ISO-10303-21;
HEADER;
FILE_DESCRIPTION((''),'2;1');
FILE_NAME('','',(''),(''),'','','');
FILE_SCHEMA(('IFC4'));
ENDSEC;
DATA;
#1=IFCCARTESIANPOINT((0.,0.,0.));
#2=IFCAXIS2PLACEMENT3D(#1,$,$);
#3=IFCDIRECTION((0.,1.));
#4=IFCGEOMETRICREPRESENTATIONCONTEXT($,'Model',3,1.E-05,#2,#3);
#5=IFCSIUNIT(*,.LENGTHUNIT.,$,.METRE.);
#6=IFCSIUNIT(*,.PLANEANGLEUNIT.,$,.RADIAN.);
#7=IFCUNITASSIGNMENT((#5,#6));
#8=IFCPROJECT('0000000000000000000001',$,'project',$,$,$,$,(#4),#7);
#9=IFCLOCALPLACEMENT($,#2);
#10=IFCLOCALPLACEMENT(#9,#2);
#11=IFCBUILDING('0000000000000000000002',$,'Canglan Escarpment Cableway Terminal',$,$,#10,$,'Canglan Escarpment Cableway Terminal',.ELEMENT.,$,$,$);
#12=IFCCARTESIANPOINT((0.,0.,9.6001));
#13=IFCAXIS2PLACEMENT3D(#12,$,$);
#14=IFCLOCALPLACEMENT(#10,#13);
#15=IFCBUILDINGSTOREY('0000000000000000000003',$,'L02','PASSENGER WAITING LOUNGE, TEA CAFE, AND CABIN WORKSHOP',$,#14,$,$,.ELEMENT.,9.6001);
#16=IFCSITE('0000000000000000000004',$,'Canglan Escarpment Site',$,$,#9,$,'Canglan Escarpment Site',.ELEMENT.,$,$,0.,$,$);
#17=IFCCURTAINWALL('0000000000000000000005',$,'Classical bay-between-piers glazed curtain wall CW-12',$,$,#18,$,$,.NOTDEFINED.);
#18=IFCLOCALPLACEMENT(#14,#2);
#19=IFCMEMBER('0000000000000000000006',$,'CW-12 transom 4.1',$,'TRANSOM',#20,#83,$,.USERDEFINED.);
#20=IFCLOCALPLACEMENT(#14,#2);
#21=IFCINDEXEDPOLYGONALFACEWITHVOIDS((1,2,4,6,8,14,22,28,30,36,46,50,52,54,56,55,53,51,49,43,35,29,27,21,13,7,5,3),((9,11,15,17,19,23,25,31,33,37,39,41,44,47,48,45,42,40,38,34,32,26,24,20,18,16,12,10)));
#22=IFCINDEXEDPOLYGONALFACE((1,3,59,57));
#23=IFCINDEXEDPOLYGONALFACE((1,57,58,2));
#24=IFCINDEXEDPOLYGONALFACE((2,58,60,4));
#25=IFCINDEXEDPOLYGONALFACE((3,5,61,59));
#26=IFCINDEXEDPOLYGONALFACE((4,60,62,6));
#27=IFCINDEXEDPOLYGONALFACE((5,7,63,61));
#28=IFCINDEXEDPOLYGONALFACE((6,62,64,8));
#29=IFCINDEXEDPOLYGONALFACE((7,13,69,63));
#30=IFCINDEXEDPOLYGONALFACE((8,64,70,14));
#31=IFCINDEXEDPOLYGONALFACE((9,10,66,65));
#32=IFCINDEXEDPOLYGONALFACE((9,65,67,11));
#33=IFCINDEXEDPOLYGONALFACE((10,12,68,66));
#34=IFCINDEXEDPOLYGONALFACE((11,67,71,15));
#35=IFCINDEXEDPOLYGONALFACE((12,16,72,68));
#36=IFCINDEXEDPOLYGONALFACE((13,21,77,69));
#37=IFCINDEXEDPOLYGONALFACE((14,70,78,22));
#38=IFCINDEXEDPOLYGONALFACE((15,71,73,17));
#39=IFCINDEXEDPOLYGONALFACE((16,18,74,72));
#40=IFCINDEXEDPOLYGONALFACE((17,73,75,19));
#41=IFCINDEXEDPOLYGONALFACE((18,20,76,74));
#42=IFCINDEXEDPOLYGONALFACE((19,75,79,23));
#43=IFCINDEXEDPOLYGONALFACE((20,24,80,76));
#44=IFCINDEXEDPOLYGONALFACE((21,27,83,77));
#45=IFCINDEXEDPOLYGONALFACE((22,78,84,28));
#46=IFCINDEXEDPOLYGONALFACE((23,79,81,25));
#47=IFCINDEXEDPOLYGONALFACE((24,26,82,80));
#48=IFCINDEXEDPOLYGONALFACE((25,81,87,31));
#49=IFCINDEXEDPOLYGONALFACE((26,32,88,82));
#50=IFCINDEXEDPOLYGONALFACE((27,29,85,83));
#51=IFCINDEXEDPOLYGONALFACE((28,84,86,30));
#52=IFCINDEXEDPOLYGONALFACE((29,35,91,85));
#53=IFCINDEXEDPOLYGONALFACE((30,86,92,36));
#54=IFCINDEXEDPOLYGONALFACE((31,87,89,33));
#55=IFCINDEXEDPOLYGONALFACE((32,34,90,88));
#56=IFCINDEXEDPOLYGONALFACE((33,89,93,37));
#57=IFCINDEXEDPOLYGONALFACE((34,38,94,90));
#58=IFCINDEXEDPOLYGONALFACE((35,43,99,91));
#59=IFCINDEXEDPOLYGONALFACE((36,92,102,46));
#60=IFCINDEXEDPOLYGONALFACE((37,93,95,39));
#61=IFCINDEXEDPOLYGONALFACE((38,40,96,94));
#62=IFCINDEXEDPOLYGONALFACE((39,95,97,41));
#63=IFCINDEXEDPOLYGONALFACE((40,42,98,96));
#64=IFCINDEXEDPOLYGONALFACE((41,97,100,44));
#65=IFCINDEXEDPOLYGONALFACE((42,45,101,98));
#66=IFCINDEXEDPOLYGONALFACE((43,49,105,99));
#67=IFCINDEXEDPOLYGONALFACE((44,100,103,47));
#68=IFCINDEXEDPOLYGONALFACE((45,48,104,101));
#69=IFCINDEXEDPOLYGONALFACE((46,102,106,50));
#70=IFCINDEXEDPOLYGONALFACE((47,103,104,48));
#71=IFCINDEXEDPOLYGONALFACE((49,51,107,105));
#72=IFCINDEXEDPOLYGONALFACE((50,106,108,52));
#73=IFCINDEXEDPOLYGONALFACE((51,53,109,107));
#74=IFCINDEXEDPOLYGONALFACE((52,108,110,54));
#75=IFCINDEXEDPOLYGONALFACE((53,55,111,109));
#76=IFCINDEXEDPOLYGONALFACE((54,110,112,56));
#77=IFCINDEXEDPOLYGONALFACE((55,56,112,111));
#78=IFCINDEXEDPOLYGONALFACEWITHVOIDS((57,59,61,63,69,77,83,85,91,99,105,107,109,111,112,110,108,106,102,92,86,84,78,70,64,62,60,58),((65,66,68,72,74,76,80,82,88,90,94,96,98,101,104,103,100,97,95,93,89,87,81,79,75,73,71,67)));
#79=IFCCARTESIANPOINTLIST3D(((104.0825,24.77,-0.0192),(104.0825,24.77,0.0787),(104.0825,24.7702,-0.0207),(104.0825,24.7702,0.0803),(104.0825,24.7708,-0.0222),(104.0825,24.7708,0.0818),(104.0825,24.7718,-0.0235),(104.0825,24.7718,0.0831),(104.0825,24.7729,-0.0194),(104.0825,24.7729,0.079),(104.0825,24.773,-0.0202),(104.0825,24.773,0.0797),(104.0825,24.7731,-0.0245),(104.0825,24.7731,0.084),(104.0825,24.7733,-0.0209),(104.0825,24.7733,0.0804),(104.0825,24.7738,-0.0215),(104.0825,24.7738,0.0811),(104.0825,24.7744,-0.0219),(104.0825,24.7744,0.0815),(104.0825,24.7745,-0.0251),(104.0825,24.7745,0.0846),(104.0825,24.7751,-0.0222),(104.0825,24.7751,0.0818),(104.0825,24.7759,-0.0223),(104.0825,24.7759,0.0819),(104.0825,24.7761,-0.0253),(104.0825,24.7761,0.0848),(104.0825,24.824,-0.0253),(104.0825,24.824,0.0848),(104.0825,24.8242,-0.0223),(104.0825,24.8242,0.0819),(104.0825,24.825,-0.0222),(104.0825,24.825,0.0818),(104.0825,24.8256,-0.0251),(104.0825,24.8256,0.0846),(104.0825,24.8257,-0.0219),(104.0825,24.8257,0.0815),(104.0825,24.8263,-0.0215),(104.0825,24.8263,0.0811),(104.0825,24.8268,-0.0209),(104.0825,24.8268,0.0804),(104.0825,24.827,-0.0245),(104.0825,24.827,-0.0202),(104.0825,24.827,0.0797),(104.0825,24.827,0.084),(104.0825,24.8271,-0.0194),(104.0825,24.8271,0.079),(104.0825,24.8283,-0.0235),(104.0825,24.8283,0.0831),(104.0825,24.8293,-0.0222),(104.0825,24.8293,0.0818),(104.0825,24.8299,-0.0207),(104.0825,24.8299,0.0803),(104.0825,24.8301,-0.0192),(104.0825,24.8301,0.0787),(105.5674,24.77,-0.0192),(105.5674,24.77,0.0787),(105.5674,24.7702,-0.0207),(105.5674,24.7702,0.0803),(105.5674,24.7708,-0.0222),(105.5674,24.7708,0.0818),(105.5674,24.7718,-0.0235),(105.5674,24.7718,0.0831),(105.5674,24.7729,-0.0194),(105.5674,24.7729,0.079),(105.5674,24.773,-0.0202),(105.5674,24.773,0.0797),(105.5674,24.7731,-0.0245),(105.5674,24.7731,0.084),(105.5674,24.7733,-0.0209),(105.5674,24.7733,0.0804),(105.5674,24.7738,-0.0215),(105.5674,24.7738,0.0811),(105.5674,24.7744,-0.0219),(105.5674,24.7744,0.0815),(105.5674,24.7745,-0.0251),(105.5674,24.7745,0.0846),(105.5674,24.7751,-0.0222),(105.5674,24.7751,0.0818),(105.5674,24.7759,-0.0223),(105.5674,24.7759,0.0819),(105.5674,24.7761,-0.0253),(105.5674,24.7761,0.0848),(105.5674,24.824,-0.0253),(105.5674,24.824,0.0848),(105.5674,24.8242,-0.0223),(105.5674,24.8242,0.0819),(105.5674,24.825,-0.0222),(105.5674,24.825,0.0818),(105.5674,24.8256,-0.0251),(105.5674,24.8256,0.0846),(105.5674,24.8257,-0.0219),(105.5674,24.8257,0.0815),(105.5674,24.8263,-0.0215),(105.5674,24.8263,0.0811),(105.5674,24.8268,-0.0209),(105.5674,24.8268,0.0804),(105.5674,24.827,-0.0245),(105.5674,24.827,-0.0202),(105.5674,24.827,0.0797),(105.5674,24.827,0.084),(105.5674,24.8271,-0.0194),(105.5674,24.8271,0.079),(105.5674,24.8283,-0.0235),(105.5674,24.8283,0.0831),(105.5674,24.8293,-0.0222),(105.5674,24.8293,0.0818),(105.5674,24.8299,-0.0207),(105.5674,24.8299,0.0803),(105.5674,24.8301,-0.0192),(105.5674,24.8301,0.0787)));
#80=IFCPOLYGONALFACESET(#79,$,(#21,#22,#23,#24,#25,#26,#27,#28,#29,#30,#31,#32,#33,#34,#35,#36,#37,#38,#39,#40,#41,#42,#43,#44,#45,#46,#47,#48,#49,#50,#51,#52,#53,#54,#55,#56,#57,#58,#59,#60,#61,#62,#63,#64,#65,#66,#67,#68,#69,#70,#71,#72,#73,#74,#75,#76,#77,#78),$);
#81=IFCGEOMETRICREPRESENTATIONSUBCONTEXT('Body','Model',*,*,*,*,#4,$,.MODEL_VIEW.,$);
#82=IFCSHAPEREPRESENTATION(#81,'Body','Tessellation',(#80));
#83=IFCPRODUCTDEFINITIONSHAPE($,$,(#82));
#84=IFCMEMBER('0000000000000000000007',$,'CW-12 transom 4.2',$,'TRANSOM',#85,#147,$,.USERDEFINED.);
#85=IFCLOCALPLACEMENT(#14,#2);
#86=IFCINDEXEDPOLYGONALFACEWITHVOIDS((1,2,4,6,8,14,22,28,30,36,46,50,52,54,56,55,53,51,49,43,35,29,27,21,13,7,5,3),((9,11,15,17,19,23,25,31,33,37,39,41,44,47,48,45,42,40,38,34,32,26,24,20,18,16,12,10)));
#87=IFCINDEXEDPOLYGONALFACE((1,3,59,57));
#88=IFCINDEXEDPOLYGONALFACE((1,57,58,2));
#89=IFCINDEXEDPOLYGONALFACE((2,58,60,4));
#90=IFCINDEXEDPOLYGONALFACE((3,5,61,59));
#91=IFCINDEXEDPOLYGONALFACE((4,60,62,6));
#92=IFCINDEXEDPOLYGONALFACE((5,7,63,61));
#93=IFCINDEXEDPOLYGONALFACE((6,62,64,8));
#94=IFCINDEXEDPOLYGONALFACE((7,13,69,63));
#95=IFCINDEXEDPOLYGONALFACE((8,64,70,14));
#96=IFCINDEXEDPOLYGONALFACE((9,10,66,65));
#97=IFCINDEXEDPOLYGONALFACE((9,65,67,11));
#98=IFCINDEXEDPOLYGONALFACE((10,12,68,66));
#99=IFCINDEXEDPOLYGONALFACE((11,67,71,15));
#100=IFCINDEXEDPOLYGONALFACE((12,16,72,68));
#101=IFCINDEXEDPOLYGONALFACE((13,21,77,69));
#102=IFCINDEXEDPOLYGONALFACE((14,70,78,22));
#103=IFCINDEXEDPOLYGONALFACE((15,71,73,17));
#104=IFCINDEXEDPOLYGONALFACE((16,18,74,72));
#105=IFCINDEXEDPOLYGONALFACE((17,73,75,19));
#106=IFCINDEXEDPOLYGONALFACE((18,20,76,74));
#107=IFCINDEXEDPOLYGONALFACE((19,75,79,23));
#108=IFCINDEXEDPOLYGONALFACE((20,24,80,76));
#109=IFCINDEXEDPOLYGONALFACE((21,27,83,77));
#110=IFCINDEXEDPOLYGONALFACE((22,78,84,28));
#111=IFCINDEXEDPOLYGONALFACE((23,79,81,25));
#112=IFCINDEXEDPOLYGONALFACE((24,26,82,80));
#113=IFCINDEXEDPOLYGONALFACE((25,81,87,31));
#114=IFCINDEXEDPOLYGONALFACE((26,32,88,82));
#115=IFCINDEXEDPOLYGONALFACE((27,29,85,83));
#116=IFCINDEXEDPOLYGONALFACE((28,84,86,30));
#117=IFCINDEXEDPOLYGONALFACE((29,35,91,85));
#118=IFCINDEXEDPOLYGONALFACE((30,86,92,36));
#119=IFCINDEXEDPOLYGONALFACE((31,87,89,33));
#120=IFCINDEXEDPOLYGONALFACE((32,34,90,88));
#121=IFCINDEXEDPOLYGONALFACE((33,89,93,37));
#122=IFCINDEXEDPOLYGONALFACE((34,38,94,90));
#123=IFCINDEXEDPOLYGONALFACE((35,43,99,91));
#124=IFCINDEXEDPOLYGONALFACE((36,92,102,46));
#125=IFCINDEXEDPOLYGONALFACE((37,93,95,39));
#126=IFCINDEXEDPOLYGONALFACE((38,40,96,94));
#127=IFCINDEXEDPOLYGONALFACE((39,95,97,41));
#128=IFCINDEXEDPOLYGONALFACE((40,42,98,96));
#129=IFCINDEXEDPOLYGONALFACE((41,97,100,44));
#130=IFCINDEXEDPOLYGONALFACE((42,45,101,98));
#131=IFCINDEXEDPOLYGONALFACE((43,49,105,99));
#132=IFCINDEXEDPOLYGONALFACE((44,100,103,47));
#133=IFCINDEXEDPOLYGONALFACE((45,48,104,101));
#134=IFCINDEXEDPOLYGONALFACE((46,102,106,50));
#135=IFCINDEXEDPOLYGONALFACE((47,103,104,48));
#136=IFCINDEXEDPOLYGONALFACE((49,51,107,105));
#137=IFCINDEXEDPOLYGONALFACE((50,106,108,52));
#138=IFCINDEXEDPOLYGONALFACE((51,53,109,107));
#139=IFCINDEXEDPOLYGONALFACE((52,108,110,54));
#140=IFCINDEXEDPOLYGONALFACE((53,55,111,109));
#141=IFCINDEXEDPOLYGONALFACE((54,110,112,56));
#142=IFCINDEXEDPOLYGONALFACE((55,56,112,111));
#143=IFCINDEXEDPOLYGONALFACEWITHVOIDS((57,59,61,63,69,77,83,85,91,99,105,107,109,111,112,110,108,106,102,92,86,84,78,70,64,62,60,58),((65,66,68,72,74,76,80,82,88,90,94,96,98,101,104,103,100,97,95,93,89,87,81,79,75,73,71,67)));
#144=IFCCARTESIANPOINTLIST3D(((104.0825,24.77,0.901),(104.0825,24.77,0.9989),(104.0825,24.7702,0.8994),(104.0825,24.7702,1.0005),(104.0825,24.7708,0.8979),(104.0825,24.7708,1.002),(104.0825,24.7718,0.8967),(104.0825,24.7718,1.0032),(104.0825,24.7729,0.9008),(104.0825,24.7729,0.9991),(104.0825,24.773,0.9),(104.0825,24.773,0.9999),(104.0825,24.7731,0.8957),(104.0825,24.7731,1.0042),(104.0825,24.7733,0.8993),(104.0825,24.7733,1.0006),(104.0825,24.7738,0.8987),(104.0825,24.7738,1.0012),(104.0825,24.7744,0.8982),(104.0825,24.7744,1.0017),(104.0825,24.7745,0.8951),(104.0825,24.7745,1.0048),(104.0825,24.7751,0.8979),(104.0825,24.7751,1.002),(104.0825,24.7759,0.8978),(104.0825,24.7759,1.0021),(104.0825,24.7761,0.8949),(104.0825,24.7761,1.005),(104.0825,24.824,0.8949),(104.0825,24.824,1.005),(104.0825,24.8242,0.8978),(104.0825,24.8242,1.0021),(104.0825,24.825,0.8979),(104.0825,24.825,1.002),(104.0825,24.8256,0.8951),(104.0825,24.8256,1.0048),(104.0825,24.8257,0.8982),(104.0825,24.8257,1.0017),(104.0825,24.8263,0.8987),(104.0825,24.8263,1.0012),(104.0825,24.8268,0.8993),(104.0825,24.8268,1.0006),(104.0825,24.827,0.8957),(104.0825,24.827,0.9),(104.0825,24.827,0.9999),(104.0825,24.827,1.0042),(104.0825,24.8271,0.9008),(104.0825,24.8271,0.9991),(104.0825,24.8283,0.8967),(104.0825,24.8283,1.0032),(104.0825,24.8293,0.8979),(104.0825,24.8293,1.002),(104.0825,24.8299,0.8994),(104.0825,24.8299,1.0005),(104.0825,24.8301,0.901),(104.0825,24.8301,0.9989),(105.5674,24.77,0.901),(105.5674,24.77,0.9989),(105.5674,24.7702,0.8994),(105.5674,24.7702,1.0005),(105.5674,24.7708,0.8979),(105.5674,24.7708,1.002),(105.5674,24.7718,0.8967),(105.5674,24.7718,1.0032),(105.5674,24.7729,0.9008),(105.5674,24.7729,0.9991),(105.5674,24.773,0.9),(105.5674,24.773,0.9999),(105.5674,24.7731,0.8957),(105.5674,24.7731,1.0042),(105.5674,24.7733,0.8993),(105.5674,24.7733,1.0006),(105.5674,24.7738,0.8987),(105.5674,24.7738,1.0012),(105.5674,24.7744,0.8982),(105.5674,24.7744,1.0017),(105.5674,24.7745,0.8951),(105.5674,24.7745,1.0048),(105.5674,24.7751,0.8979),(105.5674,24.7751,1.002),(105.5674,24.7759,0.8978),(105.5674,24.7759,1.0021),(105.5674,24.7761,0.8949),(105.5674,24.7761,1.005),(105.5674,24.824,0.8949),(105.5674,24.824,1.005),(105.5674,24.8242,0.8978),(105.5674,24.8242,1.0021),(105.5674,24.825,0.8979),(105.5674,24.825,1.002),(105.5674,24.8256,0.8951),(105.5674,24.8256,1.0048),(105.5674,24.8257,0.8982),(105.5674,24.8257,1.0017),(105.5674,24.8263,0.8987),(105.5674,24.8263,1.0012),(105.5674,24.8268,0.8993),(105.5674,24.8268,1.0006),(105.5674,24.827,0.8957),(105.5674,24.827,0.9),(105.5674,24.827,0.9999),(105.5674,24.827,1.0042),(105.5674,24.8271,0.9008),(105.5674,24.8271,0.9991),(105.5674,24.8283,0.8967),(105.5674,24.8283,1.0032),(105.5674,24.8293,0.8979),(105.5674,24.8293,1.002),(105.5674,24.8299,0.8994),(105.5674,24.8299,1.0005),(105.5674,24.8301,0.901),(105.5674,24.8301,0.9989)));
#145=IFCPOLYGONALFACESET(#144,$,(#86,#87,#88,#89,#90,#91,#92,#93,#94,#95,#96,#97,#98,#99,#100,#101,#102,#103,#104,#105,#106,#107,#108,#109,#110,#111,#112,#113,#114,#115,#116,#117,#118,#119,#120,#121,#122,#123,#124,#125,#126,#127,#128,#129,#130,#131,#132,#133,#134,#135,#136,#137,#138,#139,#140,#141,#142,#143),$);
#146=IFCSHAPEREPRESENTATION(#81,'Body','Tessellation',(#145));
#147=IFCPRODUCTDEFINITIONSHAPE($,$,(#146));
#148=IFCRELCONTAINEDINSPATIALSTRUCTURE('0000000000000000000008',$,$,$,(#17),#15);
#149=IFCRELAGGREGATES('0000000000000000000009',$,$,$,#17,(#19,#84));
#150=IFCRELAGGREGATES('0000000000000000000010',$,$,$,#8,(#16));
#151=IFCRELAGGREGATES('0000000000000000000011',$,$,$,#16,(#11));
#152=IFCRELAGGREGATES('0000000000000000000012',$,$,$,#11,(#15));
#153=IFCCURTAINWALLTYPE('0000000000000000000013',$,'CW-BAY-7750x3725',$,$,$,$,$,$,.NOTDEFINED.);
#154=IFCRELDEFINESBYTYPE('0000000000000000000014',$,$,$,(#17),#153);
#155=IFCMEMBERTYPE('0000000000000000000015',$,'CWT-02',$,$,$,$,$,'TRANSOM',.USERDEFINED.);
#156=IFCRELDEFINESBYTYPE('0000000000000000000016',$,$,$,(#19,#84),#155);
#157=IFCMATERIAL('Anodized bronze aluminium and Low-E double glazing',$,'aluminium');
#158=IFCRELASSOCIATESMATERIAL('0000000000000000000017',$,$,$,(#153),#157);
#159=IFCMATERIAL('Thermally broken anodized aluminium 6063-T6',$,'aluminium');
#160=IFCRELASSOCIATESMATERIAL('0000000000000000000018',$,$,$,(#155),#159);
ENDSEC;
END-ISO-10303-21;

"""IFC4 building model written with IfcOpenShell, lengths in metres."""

from ifc_helpers import new_model, si_unit, direction, frame, origin, origin_2d, place, context, subcontext, project, spatial, hollow_rectangle, extrude, material, material_profile, profile_set, type_object, element, aggregate, save


model = new_model("IFC4")

# Units and contexts
model_context = context("Model", 3, precision=1e-05, world=origin(), true_north=direction((0.0, 1.0)))
body_context = subcontext(model_context, "Body", "Model", "MODEL_VIEW")
ifc_project = project(units=[si_unit("LENGTHUNIT", "METRE"), si_unit("PLANEANGLEUNIT", "RADIAN")], contexts=[model_context])

# Site, building, storey
site_placement = place(None, origin())
site = spatial("IfcSite", under=ifc_project, at=site_placement, Name="Canglan Escarpment Site", LongName="Canglan Escarpment Site", CompositionType="ELEMENT", RefElevation=0.0)
building_placement = place(site_placement, origin())
building = spatial("IfcBuilding", under=site, at=building_placement, Name="Canglan Escarpment Cableway Terminal", LongName="Canglan Escarpment Cableway Terminal", CompositionType="ELEMENT")
storey_placement = place(building_placement, frame((0.0, 0.0, 9.6001)))
storey = spatial("IfcBuildingStorey", under=building, at=storey_placement, Name="L02", Description="PASSENGER WAITING LOUNGE, TEA CAFE, AND CABIN WORKSHOP", CompositionType="ELEMENT", Elevation=9.6001)

# Curtain wall
ifc_material_1 = material(Name="Anodized bronze aluminium and Low-E double glazing", Category="aluminium")
curtain_wall_type = type_object("IfcCurtainWallType", Name="CW-BAY-7750x3725", PredefinedType="NOTDEFINED", material=ifc_material_1)
ifc_material_2 = material(Name="Thermally broken anodized aluminium 6063-T6", Category="aluminium")
curtain_wall_1_placement = place(storey_placement, origin())
curtain_wall_1 = element("IfcCurtainWall", 1, at=curtain_wall_1_placement, inside=storey, type_object=curtain_wall_type, Name="Classical bay-between-piers glazed curtain wall CW-12", PredefinedType="NOTDEFINED")

# Members
ifc_material_profile_1 = material_profile(ifc_material_2, hollow_rectangle(XDim=0.0601, YDim=0.1101, WallThickness=0.0029, InnerFilletRadius=0.0029, OuterFilletRadius=0.0061, at=origin_2d()), Name="ALU-TRAN 60x110x3")
ifc_profile_set_1 = profile_set([ifc_material_profile_1], Name="Thermally broken anodized aluminium 6063-T6")
member_type_1 = type_object("IfcMemberType", Name="CWT-02", ElementType="TRANSOM", PredefinedType="USERDEFINED", material=ifc_profile_set_1)
member_1_placement = place(storey_placement, frame((105.5674, 24.8, 0.0298), z_axis=(-1.0, 0.0, 0.0), x_axis=(0.0, -1.0, 0.0)))
member_1 = element("IfcMember", 2, at=member_1_placement, type_object=member_type_1, Name="CW-12 transom 4.1", ObjectType="TRANSOM", PredefinedType="USERDEFINED", context=body_context, shape_type="SweptSolid", body=[
    extrude(hollow_rectangle(XDim=0.0601, YDim=0.1101, WallThickness=0.0029, InnerFilletRadius=0.0029, OuterFilletRadius=0.0061, at=origin_2d()), origin(), (0.0, 0.0, 1.0), 1.4849),
])
member_2_placement = place(storey_placement, frame((105.5674, 24.8, 0.95), z_axis=(-1.0, 0.0, 0.0), x_axis=(0.0, -1.0, 0.0)))
member_2 = element("IfcMember", 3, at=member_2_placement, type_object=member_type_1, Name="CW-12 transom 4.2", ObjectType="TRANSOM", PredefinedType="USERDEFINED", context=body_context, shape_type="SweptSolid", body=[
    extrude(hollow_rectangle(XDim=0.0601, YDim=0.1101, WallThickness=0.0029, InnerFilletRadius=0.0029, OuterFilletRadius=0.0061, at=origin_2d()), origin(), (0.0, 0.0, 1.0), 1.4849),
])

aggregate(curtain_wall_1, [member_1, member_2])

save(model, "model.ifc")
